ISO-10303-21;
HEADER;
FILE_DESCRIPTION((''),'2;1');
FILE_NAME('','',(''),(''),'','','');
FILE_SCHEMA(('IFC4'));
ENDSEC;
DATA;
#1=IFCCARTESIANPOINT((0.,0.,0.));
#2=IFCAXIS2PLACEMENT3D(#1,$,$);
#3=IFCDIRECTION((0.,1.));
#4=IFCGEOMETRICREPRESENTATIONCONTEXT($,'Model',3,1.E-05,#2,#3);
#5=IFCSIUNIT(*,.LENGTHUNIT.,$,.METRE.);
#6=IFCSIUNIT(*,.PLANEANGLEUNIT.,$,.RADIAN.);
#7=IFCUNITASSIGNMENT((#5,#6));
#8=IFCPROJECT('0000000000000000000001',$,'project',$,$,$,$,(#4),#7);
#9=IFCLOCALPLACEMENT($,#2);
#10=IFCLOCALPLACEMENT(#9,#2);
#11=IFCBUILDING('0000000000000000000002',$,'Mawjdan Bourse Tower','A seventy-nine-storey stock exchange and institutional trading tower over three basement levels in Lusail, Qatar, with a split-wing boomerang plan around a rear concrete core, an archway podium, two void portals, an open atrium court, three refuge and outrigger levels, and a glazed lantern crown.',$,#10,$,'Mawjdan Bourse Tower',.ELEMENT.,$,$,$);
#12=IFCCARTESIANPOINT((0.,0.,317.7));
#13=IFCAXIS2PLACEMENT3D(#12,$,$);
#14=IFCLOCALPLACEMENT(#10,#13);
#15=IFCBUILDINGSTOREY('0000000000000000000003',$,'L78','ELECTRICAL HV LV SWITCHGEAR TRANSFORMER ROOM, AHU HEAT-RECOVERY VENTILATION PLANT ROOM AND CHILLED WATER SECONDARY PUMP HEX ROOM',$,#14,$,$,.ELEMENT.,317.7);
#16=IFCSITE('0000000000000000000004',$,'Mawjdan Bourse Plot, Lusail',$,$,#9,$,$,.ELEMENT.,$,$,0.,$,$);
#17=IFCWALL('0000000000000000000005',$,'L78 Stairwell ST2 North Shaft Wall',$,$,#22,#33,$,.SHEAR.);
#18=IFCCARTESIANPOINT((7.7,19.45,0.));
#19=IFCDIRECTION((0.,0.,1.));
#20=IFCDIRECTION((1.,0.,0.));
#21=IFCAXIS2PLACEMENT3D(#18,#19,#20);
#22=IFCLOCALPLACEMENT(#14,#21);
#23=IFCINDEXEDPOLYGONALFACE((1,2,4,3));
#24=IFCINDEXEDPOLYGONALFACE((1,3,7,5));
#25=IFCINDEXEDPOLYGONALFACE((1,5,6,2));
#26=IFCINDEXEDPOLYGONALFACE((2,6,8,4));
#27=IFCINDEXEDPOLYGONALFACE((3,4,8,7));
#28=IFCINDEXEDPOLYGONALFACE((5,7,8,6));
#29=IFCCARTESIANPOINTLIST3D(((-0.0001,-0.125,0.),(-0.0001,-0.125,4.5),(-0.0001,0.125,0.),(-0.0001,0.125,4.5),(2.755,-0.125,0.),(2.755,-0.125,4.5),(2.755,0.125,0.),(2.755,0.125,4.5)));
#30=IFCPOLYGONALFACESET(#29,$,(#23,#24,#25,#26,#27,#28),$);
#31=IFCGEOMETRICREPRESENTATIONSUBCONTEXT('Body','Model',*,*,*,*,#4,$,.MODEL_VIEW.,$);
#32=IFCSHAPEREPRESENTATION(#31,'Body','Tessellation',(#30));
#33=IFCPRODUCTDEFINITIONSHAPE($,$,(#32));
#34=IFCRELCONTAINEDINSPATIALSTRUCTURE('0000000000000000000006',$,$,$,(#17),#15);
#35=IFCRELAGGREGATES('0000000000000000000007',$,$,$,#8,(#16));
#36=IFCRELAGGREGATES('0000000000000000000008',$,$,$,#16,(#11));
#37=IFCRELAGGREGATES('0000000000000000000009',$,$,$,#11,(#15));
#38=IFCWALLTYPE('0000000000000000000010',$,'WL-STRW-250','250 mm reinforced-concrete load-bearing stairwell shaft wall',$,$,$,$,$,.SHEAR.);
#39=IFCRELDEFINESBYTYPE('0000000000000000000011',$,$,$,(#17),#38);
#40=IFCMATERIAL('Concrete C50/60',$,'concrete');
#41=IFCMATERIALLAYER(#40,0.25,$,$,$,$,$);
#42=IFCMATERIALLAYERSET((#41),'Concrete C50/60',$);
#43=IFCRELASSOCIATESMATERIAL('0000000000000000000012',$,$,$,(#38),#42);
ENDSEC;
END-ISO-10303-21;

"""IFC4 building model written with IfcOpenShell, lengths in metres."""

from ifc_helpers import new_model, si_unit, direction, frame, frame_2d, origin, place, context, subcontext, project, spatial, rectangle, extrude, material, layer, layer_set, type_object, element, save


model = new_model("IFC4")

# Units and contexts
model_context = context("Model", 3, precision=1e-05, world=origin(), true_north=direction((0.0, 1.0)))
body_context = subcontext(model_context, "Body", "Model", "MODEL_VIEW")
ifc_project = project(units=[si_unit("LENGTHUNIT", "METRE"), si_unit("PLANEANGLEUNIT", "RADIAN")], contexts=[model_context])

# Site, building, storey
site_placement = place(None, origin())
site = spatial("IfcSite", under=ifc_project, at=site_placement, Name="Mawjdan Bourse Plot, Lusail", CompositionType="ELEMENT", RefElevation=0.0)
building_placement = place(site_placement, origin())
building = spatial("IfcBuilding", under=site, at=building_placement, Name="Mawjdan Bourse Tower", Description="A seventy-nine-storey stock exchange and institutional trading tower over three basement levels in Lusail, Qatar, with a split-wing boomerang plan around a rear concrete core, an archway podium, two void portals, an open atrium court, three refuge and outrigger levels, and a glazed lantern crown.", LongName="Mawjdan Bourse Tower", CompositionType="ELEMENT")
storey_placement = place(building_placement, frame((0.0, 0.0, 317.7)))
storey = spatial("IfcBuildingStorey", under=building, at=storey_placement, Name="L78", Description="ELECTRICAL HV LV SWITCHGEAR TRANSFORMER ROOM, AHU HEAT-RECOVERY VENTILATION PLANT ROOM AND CHILLED WATER SECONDARY PUMP HEX ROOM", CompositionType="ELEMENT", Elevation=317.7)

# Wall
ifc_material_1 = material(Name="Concrete C50/60", Category="concrete")
ifc_layer_1 = layer(ifc_material_1, 0.25)
ifc_layer_set_1 = layer_set([ifc_layer_1], Name="Concrete C50/60")
wall_type_1 = type_object("IfcWallType", Name="WL-STRW-250", Description="250 mm reinforced-concrete load-bearing stairwell shaft wall", PredefinedType="SHEAR", material=ifc_layer_set_1)
wall_1_placement = place(storey_placement, frame((7.7, 19.45, 0.0), z_axis=(0.0, 0.0, 1.0), x_axis=(1.0, 0.0, 0.0)))
element("IfcWall", 1, at=wall_1_placement, inside=storey, type_object=wall_type_1, Name="L78 Stairwell ST2 North Shaft Wall", PredefinedType="SHEAR", context=body_context, shape_type="SweptSolid", body=[
    extrude(rectangle(XDim=2.7551, YDim=0.25, at=frame_2d((1.3774, 0.0))), origin(), (0.0, 0.0, 1.0), 4.5),
])

save(model, "model.ifc")
